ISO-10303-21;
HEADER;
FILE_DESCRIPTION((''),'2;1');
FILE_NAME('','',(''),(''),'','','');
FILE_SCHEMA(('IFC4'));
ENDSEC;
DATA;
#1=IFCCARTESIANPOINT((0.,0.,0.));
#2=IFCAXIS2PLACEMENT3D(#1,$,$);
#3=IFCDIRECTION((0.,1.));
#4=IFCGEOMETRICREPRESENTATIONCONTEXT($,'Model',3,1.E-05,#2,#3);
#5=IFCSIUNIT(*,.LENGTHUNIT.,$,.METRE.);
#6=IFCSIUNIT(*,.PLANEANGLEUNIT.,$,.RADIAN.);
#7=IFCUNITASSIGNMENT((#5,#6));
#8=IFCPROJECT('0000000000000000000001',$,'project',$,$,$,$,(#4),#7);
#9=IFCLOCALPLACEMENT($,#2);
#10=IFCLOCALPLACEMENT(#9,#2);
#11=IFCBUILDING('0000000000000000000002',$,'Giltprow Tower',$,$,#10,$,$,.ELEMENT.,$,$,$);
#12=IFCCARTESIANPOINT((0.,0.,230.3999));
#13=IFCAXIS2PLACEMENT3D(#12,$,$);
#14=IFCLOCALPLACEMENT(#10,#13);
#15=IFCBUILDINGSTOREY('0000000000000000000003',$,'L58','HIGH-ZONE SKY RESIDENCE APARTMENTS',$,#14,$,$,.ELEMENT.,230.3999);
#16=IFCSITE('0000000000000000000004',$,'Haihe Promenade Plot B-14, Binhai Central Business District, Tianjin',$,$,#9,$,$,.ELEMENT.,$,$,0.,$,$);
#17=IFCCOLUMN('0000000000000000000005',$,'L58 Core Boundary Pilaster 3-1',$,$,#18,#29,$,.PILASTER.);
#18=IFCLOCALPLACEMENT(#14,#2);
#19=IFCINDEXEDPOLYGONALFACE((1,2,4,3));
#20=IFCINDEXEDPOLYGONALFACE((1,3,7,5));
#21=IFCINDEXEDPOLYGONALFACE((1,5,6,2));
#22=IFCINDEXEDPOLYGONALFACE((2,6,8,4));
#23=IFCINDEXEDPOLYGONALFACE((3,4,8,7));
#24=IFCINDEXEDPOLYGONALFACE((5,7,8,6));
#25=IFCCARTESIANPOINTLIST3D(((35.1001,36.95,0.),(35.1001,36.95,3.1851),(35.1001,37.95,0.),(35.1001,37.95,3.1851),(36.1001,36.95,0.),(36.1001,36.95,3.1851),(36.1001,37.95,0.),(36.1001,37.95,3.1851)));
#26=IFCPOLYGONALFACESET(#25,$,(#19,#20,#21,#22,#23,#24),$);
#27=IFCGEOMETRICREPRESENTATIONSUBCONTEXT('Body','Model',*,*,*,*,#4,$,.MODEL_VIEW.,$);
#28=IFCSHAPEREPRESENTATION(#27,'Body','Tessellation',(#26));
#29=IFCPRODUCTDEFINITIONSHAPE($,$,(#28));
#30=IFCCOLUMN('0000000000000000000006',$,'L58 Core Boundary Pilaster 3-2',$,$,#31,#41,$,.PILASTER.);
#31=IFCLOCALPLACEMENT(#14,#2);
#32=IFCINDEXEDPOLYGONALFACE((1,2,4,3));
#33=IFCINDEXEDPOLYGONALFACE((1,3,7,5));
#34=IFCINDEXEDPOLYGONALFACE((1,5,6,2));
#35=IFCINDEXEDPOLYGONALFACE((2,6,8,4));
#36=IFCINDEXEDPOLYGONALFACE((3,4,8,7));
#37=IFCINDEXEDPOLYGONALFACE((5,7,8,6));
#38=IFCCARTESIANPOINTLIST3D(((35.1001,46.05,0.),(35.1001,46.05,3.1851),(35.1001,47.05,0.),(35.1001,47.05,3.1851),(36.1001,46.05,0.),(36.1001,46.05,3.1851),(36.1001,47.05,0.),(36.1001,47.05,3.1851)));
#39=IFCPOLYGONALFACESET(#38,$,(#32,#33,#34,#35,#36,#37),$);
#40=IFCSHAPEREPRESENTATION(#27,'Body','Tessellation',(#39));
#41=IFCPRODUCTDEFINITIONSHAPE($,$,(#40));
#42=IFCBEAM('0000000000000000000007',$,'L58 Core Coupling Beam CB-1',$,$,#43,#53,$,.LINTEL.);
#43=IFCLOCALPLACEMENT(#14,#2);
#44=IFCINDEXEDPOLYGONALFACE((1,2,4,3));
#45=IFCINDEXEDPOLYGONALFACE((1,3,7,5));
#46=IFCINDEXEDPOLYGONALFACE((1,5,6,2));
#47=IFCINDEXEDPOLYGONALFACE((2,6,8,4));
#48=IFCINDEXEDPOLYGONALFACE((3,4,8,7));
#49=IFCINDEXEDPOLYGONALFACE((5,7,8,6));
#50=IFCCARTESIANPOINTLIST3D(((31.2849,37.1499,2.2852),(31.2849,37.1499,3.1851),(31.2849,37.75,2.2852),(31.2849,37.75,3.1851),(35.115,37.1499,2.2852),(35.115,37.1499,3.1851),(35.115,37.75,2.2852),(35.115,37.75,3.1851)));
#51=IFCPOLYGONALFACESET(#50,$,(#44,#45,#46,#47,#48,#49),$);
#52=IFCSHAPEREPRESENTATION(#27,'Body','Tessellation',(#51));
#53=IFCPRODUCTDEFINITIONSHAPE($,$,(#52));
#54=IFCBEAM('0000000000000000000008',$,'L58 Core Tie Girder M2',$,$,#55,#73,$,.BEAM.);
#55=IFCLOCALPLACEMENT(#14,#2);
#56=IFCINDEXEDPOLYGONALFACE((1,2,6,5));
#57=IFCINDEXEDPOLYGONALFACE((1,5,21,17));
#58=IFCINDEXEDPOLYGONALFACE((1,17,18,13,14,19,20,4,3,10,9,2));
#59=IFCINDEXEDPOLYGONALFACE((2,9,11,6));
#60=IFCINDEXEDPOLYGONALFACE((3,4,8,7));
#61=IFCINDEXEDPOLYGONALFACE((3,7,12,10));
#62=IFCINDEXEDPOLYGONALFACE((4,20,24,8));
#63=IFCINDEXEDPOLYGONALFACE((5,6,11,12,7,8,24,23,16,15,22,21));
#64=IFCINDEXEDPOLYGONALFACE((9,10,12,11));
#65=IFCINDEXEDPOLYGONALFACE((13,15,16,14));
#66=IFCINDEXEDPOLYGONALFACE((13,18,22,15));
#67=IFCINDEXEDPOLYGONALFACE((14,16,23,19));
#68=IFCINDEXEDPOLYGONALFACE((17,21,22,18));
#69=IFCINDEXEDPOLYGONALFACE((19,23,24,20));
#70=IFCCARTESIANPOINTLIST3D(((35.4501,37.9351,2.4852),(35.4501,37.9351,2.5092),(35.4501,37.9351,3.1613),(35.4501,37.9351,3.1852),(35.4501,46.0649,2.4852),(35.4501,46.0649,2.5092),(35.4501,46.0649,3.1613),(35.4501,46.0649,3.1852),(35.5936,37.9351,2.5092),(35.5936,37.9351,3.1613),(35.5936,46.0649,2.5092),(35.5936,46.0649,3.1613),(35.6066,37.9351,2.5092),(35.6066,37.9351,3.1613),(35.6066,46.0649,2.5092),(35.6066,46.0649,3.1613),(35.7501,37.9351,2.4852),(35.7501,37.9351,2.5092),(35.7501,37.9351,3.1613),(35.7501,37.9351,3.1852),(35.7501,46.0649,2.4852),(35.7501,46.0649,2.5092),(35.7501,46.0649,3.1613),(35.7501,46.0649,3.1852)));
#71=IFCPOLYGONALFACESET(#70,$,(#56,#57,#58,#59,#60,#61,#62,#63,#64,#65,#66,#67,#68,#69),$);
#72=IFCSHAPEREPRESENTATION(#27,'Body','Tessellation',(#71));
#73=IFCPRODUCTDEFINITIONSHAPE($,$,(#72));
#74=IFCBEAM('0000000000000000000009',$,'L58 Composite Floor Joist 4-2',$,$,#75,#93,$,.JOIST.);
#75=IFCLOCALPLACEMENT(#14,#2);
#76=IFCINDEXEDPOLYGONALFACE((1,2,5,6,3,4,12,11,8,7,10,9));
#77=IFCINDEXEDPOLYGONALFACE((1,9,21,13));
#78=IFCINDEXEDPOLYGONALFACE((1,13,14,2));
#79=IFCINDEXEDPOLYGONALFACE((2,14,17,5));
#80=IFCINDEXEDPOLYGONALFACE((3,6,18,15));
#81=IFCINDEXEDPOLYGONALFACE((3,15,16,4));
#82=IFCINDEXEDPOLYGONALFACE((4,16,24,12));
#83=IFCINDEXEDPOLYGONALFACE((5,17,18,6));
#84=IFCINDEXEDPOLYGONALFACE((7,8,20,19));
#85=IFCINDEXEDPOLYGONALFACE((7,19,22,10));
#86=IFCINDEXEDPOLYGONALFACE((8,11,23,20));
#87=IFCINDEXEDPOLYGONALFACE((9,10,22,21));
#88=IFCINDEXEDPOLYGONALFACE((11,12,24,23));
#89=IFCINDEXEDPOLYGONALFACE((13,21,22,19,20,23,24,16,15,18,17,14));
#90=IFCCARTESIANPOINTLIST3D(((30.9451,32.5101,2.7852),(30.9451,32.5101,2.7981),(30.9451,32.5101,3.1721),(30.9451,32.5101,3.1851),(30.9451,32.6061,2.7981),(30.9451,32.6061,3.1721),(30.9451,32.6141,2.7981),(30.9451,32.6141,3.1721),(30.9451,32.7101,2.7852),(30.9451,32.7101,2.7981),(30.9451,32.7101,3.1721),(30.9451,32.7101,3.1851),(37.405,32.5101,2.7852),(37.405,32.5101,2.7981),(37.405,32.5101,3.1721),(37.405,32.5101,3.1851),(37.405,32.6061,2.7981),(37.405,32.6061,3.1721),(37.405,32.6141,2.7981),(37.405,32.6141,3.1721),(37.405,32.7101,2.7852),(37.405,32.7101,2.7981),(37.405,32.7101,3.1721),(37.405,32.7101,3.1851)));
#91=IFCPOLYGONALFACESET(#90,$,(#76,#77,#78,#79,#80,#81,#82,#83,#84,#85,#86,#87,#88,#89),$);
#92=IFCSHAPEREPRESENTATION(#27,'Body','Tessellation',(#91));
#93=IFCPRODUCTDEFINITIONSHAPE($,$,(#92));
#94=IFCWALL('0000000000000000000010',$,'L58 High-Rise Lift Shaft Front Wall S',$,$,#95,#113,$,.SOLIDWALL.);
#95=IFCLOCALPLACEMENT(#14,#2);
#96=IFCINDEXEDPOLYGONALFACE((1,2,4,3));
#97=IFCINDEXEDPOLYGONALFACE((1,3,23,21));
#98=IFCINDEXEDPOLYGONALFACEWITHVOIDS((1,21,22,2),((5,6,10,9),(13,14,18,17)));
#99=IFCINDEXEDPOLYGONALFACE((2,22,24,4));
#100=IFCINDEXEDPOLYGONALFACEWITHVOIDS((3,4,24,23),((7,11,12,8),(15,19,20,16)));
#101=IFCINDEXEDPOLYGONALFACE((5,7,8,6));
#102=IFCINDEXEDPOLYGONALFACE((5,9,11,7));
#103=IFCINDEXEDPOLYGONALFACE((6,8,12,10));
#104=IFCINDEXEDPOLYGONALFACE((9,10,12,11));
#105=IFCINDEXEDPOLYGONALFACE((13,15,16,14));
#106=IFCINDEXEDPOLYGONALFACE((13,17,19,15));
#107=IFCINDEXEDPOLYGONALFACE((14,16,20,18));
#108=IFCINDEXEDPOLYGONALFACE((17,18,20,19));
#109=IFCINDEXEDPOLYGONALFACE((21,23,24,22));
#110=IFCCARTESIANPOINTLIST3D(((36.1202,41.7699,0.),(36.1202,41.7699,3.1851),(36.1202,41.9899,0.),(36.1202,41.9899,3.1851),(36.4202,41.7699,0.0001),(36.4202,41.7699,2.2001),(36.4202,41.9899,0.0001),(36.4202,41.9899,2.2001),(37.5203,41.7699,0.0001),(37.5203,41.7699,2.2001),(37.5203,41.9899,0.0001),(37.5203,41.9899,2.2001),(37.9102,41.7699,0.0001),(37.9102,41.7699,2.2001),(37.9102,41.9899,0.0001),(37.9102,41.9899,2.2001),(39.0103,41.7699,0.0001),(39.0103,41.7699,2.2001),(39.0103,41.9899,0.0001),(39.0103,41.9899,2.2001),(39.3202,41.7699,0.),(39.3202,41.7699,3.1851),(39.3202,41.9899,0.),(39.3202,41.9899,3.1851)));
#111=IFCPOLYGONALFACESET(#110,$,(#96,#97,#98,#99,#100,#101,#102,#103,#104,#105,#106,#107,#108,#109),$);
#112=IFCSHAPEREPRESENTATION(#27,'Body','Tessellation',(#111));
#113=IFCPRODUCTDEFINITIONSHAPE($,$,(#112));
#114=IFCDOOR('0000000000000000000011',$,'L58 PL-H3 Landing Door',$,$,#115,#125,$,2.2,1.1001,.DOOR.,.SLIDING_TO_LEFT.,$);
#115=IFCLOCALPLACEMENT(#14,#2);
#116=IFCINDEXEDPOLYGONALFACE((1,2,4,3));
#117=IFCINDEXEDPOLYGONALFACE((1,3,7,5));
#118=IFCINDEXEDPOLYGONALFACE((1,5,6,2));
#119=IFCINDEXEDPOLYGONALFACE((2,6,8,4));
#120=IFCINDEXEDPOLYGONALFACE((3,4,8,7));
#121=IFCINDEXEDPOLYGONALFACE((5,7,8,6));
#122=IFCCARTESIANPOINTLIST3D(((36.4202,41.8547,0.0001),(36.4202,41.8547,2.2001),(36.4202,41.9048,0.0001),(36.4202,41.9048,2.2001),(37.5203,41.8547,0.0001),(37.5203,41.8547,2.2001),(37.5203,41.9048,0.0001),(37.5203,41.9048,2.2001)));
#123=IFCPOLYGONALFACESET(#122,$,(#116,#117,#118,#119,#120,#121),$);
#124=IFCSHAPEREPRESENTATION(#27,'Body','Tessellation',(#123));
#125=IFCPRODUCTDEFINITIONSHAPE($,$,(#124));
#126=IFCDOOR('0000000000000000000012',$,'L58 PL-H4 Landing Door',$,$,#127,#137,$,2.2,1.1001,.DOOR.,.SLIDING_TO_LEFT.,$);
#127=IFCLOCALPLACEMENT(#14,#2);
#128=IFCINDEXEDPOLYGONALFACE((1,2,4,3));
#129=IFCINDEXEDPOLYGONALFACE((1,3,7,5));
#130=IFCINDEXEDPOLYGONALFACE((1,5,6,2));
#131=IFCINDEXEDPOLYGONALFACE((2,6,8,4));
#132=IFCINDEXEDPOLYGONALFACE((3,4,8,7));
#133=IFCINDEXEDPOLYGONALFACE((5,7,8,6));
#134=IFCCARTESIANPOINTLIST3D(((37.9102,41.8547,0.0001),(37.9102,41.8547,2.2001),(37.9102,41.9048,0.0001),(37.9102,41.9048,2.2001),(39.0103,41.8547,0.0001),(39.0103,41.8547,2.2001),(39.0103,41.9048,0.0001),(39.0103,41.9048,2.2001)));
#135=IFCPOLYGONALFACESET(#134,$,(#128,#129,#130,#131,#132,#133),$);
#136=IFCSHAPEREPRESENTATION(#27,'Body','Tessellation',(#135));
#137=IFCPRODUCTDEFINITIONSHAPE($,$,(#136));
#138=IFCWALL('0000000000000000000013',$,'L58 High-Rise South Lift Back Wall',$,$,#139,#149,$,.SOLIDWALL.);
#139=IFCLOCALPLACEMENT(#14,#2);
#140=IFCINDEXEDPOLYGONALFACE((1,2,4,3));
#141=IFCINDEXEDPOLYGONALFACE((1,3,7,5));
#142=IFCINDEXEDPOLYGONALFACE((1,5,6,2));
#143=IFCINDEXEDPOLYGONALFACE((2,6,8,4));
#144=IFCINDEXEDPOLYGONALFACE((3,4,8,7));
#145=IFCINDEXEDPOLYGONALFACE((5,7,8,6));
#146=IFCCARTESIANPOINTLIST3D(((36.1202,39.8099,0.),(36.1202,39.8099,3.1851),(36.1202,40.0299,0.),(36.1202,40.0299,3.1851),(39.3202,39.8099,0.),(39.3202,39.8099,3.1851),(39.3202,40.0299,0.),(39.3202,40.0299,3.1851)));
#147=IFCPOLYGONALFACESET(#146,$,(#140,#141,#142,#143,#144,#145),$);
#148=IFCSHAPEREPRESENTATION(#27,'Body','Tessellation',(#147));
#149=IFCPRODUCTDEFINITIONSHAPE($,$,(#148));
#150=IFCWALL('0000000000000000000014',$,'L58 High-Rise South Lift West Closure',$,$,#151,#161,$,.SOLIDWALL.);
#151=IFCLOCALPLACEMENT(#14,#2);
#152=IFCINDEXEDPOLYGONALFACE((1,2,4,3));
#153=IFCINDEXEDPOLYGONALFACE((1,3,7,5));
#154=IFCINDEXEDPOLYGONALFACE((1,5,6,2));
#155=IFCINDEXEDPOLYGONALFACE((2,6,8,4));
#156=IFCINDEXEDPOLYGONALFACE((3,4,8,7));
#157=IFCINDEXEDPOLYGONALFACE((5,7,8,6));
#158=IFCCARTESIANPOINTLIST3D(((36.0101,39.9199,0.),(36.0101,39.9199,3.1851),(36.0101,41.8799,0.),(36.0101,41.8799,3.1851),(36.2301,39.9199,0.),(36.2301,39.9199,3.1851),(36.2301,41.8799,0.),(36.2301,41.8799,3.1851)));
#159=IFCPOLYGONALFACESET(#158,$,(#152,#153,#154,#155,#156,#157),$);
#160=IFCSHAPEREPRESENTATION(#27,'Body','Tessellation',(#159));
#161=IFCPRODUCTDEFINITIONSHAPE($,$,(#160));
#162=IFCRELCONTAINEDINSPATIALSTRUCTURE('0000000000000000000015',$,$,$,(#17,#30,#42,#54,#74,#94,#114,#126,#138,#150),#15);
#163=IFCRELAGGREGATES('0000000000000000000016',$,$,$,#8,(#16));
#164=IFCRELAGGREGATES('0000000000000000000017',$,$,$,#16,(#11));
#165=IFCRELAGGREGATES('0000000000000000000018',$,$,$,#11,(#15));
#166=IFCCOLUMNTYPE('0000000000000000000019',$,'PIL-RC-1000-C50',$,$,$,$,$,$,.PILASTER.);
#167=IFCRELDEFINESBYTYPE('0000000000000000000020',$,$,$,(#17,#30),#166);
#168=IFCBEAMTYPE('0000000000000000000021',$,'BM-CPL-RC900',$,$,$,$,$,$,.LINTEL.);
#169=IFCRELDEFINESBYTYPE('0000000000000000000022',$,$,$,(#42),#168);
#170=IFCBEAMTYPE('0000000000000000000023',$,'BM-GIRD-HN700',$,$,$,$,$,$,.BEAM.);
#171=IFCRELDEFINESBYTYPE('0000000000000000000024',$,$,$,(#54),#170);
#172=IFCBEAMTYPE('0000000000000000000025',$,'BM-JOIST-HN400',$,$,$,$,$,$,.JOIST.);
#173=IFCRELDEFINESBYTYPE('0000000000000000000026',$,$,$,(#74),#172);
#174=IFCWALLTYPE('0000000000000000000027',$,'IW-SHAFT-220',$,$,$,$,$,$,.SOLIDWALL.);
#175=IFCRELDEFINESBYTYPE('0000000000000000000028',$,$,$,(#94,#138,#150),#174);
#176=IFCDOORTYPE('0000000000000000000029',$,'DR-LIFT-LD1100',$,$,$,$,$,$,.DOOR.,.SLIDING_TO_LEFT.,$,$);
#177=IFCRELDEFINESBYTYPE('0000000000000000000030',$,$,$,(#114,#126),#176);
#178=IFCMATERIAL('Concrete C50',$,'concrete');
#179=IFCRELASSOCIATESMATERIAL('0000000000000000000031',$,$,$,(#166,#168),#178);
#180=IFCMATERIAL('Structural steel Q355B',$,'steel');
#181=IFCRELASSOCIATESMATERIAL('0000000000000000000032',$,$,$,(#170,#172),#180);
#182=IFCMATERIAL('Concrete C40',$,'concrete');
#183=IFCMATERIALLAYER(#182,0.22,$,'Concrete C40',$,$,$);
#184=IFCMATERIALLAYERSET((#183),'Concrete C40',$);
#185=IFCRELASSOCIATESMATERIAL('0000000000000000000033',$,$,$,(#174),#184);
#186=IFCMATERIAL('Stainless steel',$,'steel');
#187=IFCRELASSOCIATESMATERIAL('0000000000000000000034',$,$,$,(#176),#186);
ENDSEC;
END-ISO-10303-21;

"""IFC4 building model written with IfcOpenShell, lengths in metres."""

from ifc_helpers import new_model, si_unit, direction, frame, frame_2d, origin, origin_2d, place, context, subcontext, project, spatial, rectangle, i_section, extrude, source, transform, mapped, material, layer, layer_set, material_profile, profile_set, type_object, element, fill, save


model = new_model("IFC4")

# Units and contexts
model_context = context("Model", 3, precision=1e-05, world=origin(), true_north=direction((0.0, 1.0)))
body_context = subcontext(model_context, "Body", "Model", "MODEL_VIEW")
ifc_project = project(units=[si_unit("LENGTHUNIT", "METRE"), si_unit("PLANEANGLEUNIT", "RADIAN")], contexts=[model_context])

# Site, building, storey
site_placement = place(None, origin())
site = spatial("IfcSite", under=ifc_project, at=site_placement, Name="Haihe Promenade Plot B-14, Binhai Central Business District, Tianjin", CompositionType="ELEMENT", RefElevation=0.0)
building_placement = place(site_placement, origin())
building = spatial("IfcBuilding", under=site, at=building_placement, Name="Giltprow Tower", CompositionType="ELEMENT")
storey_placement = place(building_placement, frame((0.0, 0.0, 230.3999)))
storey = spatial("IfcBuildingStorey", under=building, at=storey_placement, Name="L58", Description="HIGH-ZONE SKY RESIDENCE APARTMENTS", CompositionType="ELEMENT", Elevation=230.3999)

# Columns
ifc_material_1 = material(Name="Concrete C50", Category="concrete")
ifc_material_profile_1 = material_profile(ifc_material_1, rectangle(XDim=1.0, YDim=1.0, at=origin_2d()), Name="RC 1000x1000")
ifc_profile_set_1 = profile_set([ifc_material_profile_1], Name="Concrete C50")
column_type = type_object("IfcColumnType", Name="PIL-RC-1000-C50", PredefinedType="PILASTER", material=ifc_profile_set_1)
shared_shape_1 = source(origin(), body_context, "Body", "SweptSolid", [
    extrude(rectangle(XDim=1.0, YDim=1.0, at=origin_2d()), origin(), (0.0, 0.0, 1.0), 3.1851),
])
for number, where, z_axis, x_axis, name in (
    (1, (35.6001, 37.45, 0.0), (0.0, 0.0, 1.0), (1.0, 0.0, 0.0), "L58 Core Boundary Pilaster 3-1"),
    (2, (35.6001, 46.55, 0.0), (0.0, 0.0, 1.0), (1.0, 0.0, 0.0), "L58 Core Boundary Pilaster 3-2"),
):
    element("IfcColumn", number, at=place(storey_placement, frame(where, z_axis=z_axis, x_axis=x_axis)), inside=storey, type_object=column_type, Name=name, PredefinedType="PILASTER", context=body_context, shape_type="MappedRepresentation", body=[
        mapped(shared_shape_1, transform((0.0, 0.0, 0.0), x_axis=(1.0, 0.0, 0.0), y_axis=(0.0, 1.0, 0.0), z_axis=(0.0, 0.0, 1.0), scale=1.0)),
    ])

# Beams
ifc_material_profile_2 = material_profile(ifc_material_1, rectangle(XDim=0.6001, YDim=0.8999, at=origin_2d()), Name="RC 900x600")
ifc_profile_set_2 = profile_set([ifc_material_profile_2], Name="Concrete C50")
beam_type_1 = type_object("IfcBeamType", Name="BM-CPL-RC900", PredefinedType="LINTEL", material=ifc_profile_set_2)
shared_shape_2 = source(origin(), body_context, "Body", "SweptSolid", [
    extrude(rectangle(XDim=0.6001, YDim=0.8999, at=origin_2d()), origin(), (0.0, 0.0, 1.0), 3.8301),
])
beam_1_placement = place(storey_placement, frame((31.2849, 37.45, 2.7351), z_axis=(1.0, 0.0, 0.0), x_axis=(0.0, 1.0, 0.0)))
element("IfcBeam", 3, at=beam_1_placement, inside=storey, type_object=beam_type_1, Name="L58 Core Coupling Beam CB-1", PredefinedType="LINTEL", context=body_context, shape_type="MappedRepresentation", body=[
    mapped(shared_shape_2, transform((0.0, 0.0, 0.0), x_axis=(1.0, 0.0, 0.0), y_axis=(0.0, 1.0, 0.0), z_axis=(0.0, 0.0, 1.0), scale=1.0)),
])
ifc_material_2 = material(Name="Structural steel Q355B", Category="steel")
ifc_material_profile_3 = material_profile(ifc_material_2, i_section(OverallWidth=0.3, OverallDepth=0.7, WebThickness=0.0129, FlangeThickness=0.0239, at=origin_2d()), Name="HN 700x300x13x24")
ifc_profile_set_3 = profile_set([ifc_material_profile_3], Name="Structural steel Q355B")
beam_type_2 = type_object("IfcBeamType", Name="BM-GIRD-HN700", PredefinedType="BEAM", material=ifc_profile_set_3)
shared_shape_3 = source(origin(), body_context, "Body", "SweptSolid", [
    extrude(i_section(OverallWidth=0.3, OverallDepth=0.7, WebThickness=0.0129, FlangeThickness=0.0239, at=origin_2d()), origin(), (0.0, 0.0, 1.0), 8.1299),
])
beam_2_placement = place(storey_placement, frame((35.6001, 37.9351, 2.8352), z_axis=(0.0, 1.0, 0.0), x_axis=(-1.0, 0.0, 0.0)))
element("IfcBeam", 4, at=beam_2_placement, inside=storey, type_object=beam_type_2, Name="L58 Core Tie Girder M2", PredefinedType="BEAM", context=body_context, shape_type="MappedRepresentation", body=[
    mapped(shared_shape_3, transform((0.0, 0.0, 0.0), x_axis=(1.0, 0.0, 0.0), y_axis=(0.0, 1.0, 0.0), z_axis=(0.0, 0.0, 1.0), scale=1.0)),
])
ifc_material_profile_4 = material_profile(ifc_material_2, i_section(OverallWidth=0.2, OverallDepth=0.3999, WebThickness=0.0081, FlangeThickness=0.0129, at=origin_2d()), Name="HN 400x200x8x13")
ifc_profile_set_4 = profile_set([ifc_material_profile_4], Name="Structural steel Q355B")
beam_type_3 = type_object("IfcBeamType", Name="BM-JOIST-HN400", PredefinedType="JOIST", material=ifc_profile_set_4)
shared_shape_4 = source(origin(), body_context, "Body", "SweptSolid", [
    extrude(i_section(OverallWidth=0.2, OverallDepth=0.3999, WebThickness=0.0081, FlangeThickness=0.0129, at=origin_2d()), origin(), (0.0, 0.0, 1.0), 6.46),
])
beam_3_placement = place(storey_placement, frame((30.9451, 32.6101, 2.9851), z_axis=(1.0, 0.0, 0.0), x_axis=(0.0, 1.0, 0.0)))
element("IfcBeam", 5, at=beam_3_placement, inside=storey, type_object=beam_type_3, Name="L58 Composite Floor Joist 4-2", PredefinedType="JOIST", context=body_context, shape_type="MappedRepresentation", body=[
    mapped(shared_shape_4, transform((0.0, 0.0, 0.0), x_axis=(1.0, 0.0, 0.0), y_axis=(0.0, 1.0, 0.0), z_axis=(0.0, 0.0, 1.0), scale=1.0)),
])

# Wall, openings, doors
ifc_material_3 = material(Name="Concrete C40", Category="concrete")
ifc_layer_1 = layer(ifc_material_3, 0.22, Name="Concrete C40")
ifc_layer_set_1 = layer_set([ifc_layer_1], Name="Concrete C40")
wall_type_1 = type_object("IfcWallType", Name="IW-SHAFT-220", PredefinedType="SOLIDWALL", material=ifc_layer_set_1)
wall_1_placement = place(storey_placement, frame((36.1201, 41.8799, 0.0), z_axis=(0.0, 0.0, 1.0), x_axis=(1.0, 0.0, 0.0)))
wall_1 = element("IfcWall", 6, at=wall_1_placement, inside=storey, type_object=wall_type_1, Name="L58 High-Rise Lift Shaft Front Wall S", PredefinedType="SOLIDWALL", context=body_context, shape_type="SweptSolid", body=[
    extrude(rectangle(XDim=3.2, YDim=0.22, at=frame_2d((1.6001, 0.0))), origin(), (0.0, 0.0, 1.0), 3.1851),
])
opening_1_placement = place(wall_1_placement, frame((0.3, 0.0, 0.0)))
opening_1 = element("IfcOpeningElement", 7, at=opening_1_placement, cuts=wall_1, PredefinedType="OPENING", context=body_context, shape_type="SweptSolid", body=[
    extrude(rectangle(XDim=1.1001, YDim=2.2, at=frame_2d((0.55, 1.1001))), frame((0.0, 0.1199, 0.0), z_axis=(0.0, -1.0, 0.0), x_axis=(1.0, 0.0, 0.0)), (0.0, 0.0, 1.0), 0.24),
])
opening_2_placement = place(wall_1_placement, frame((1.79, 0.0, 0.0)))
opening_2 = element("IfcOpeningElement", 8, at=opening_2_placement, cuts=wall_1, PredefinedType="OPENING", context=body_context, shape_type="SweptSolid", body=[
    extrude(rectangle(XDim=1.1001, YDim=2.2, at=frame_2d((0.55, 1.1001))), frame((0.0, 0.1199, 0.0), z_axis=(0.0, -1.0, 0.0), x_axis=(1.0, 0.0, 0.0)), (0.0, 0.0, 1.0), 0.24),
])
ifc_material_4 = material(Name="Stainless steel", Category="steel")
door_type_1 = type_object("IfcDoorType", Name="DR-LIFT-LD1100", OperationType="SLIDING_TO_LEFT", PredefinedType="DOOR", material=ifc_material_4)
shared_shape_5 = source(origin(), body_context, "Body", "SweptSolid", [
    extrude(rectangle(XDim=1.1001, YDim=2.2, at=frame_2d((0.55, 1.1001))), frame((0.0, 0.0249, 0.0), z_axis=(0.0, -1.0, 0.0), x_axis=(1.0, 0.0, 0.0)), (0.0, 0.0, 1.0), 0.05),
])
door_1_placement = place(opening_1_placement, origin())
door_1 = element("IfcDoor", 9, at=door_1_placement, inside=storey, type_object=door_type_1, Name="L58 PL-H3 Landing Door", OperationType="SLIDING_TO_LEFT", OverallHeight=2.2, OverallWidth=1.1001, PredefinedType="DOOR", context=body_context, shape_type="MappedRepresentation", body=[
    mapped(shared_shape_5, transform((0.0, 0.0, 0.0), x_axis=(1.0, 0.0, 0.0), y_axis=(0.0, 1.0, 0.0), z_axis=(0.0, 0.0, 1.0), scale=1.0)),
])
fill(opening_1, door_1)
door_2_placement = place(opening_2_placement, origin())
door_2 = element("IfcDoor", 10, at=door_2_placement, inside=storey, type_object=door_type_1, Name="L58 PL-H4 Landing Door", OperationType="SLIDING_TO_LEFT", OverallHeight=2.2, OverallWidth=1.1001, PredefinedType="DOOR", context=body_context, shape_type="MappedRepresentation", body=[
    mapped(shared_shape_5, transform((0.0, 0.0, 0.0), x_axis=(1.0, 0.0, 0.0), y_axis=(0.0, 1.0, 0.0), z_axis=(0.0, 0.0, 1.0), scale=1.0)),
])
fill(opening_2, door_2)

# Walls
wall_2_placement = place(storey_placement, frame((36.1201, 39.9199, 0.0), z_axis=(0.0, 0.0, 1.0), x_axis=(1.0, 0.0, 0.0)))
element("IfcWall", 11, at=wall_2_placement, inside=storey, type_object=wall_type_1, Name="L58 High-Rise South Lift Back Wall", PredefinedType="SOLIDWALL", context=body_context, shape_type="SweptSolid", body=[
    extrude(rectangle(XDim=3.2, YDim=0.22, at=frame_2d((1.6001, 0.0))), origin(), (0.0, 0.0, 1.0), 3.1851),
])
wall_3_placement = place(storey_placement, frame((36.1201, 39.9199, 0.0), z_axis=(0.0, 0.0, 1.0), x_axis=(0.0, 1.0, 0.0)))
element("IfcWall", 12, at=wall_3_placement, inside=storey, type_object=wall_type_1, Name="L58 High-Rise South Lift West Closure", PredefinedType="SOLIDWALL", context=body_context, shape_type="SweptSolid", body=[
    extrude(rectangle(XDim=1.96, YDim=0.22, at=frame_2d((0.98, 0.0))), origin(), (0.0, 0.0, 1.0), 3.1851),
])

save(model, "model.ifc")
